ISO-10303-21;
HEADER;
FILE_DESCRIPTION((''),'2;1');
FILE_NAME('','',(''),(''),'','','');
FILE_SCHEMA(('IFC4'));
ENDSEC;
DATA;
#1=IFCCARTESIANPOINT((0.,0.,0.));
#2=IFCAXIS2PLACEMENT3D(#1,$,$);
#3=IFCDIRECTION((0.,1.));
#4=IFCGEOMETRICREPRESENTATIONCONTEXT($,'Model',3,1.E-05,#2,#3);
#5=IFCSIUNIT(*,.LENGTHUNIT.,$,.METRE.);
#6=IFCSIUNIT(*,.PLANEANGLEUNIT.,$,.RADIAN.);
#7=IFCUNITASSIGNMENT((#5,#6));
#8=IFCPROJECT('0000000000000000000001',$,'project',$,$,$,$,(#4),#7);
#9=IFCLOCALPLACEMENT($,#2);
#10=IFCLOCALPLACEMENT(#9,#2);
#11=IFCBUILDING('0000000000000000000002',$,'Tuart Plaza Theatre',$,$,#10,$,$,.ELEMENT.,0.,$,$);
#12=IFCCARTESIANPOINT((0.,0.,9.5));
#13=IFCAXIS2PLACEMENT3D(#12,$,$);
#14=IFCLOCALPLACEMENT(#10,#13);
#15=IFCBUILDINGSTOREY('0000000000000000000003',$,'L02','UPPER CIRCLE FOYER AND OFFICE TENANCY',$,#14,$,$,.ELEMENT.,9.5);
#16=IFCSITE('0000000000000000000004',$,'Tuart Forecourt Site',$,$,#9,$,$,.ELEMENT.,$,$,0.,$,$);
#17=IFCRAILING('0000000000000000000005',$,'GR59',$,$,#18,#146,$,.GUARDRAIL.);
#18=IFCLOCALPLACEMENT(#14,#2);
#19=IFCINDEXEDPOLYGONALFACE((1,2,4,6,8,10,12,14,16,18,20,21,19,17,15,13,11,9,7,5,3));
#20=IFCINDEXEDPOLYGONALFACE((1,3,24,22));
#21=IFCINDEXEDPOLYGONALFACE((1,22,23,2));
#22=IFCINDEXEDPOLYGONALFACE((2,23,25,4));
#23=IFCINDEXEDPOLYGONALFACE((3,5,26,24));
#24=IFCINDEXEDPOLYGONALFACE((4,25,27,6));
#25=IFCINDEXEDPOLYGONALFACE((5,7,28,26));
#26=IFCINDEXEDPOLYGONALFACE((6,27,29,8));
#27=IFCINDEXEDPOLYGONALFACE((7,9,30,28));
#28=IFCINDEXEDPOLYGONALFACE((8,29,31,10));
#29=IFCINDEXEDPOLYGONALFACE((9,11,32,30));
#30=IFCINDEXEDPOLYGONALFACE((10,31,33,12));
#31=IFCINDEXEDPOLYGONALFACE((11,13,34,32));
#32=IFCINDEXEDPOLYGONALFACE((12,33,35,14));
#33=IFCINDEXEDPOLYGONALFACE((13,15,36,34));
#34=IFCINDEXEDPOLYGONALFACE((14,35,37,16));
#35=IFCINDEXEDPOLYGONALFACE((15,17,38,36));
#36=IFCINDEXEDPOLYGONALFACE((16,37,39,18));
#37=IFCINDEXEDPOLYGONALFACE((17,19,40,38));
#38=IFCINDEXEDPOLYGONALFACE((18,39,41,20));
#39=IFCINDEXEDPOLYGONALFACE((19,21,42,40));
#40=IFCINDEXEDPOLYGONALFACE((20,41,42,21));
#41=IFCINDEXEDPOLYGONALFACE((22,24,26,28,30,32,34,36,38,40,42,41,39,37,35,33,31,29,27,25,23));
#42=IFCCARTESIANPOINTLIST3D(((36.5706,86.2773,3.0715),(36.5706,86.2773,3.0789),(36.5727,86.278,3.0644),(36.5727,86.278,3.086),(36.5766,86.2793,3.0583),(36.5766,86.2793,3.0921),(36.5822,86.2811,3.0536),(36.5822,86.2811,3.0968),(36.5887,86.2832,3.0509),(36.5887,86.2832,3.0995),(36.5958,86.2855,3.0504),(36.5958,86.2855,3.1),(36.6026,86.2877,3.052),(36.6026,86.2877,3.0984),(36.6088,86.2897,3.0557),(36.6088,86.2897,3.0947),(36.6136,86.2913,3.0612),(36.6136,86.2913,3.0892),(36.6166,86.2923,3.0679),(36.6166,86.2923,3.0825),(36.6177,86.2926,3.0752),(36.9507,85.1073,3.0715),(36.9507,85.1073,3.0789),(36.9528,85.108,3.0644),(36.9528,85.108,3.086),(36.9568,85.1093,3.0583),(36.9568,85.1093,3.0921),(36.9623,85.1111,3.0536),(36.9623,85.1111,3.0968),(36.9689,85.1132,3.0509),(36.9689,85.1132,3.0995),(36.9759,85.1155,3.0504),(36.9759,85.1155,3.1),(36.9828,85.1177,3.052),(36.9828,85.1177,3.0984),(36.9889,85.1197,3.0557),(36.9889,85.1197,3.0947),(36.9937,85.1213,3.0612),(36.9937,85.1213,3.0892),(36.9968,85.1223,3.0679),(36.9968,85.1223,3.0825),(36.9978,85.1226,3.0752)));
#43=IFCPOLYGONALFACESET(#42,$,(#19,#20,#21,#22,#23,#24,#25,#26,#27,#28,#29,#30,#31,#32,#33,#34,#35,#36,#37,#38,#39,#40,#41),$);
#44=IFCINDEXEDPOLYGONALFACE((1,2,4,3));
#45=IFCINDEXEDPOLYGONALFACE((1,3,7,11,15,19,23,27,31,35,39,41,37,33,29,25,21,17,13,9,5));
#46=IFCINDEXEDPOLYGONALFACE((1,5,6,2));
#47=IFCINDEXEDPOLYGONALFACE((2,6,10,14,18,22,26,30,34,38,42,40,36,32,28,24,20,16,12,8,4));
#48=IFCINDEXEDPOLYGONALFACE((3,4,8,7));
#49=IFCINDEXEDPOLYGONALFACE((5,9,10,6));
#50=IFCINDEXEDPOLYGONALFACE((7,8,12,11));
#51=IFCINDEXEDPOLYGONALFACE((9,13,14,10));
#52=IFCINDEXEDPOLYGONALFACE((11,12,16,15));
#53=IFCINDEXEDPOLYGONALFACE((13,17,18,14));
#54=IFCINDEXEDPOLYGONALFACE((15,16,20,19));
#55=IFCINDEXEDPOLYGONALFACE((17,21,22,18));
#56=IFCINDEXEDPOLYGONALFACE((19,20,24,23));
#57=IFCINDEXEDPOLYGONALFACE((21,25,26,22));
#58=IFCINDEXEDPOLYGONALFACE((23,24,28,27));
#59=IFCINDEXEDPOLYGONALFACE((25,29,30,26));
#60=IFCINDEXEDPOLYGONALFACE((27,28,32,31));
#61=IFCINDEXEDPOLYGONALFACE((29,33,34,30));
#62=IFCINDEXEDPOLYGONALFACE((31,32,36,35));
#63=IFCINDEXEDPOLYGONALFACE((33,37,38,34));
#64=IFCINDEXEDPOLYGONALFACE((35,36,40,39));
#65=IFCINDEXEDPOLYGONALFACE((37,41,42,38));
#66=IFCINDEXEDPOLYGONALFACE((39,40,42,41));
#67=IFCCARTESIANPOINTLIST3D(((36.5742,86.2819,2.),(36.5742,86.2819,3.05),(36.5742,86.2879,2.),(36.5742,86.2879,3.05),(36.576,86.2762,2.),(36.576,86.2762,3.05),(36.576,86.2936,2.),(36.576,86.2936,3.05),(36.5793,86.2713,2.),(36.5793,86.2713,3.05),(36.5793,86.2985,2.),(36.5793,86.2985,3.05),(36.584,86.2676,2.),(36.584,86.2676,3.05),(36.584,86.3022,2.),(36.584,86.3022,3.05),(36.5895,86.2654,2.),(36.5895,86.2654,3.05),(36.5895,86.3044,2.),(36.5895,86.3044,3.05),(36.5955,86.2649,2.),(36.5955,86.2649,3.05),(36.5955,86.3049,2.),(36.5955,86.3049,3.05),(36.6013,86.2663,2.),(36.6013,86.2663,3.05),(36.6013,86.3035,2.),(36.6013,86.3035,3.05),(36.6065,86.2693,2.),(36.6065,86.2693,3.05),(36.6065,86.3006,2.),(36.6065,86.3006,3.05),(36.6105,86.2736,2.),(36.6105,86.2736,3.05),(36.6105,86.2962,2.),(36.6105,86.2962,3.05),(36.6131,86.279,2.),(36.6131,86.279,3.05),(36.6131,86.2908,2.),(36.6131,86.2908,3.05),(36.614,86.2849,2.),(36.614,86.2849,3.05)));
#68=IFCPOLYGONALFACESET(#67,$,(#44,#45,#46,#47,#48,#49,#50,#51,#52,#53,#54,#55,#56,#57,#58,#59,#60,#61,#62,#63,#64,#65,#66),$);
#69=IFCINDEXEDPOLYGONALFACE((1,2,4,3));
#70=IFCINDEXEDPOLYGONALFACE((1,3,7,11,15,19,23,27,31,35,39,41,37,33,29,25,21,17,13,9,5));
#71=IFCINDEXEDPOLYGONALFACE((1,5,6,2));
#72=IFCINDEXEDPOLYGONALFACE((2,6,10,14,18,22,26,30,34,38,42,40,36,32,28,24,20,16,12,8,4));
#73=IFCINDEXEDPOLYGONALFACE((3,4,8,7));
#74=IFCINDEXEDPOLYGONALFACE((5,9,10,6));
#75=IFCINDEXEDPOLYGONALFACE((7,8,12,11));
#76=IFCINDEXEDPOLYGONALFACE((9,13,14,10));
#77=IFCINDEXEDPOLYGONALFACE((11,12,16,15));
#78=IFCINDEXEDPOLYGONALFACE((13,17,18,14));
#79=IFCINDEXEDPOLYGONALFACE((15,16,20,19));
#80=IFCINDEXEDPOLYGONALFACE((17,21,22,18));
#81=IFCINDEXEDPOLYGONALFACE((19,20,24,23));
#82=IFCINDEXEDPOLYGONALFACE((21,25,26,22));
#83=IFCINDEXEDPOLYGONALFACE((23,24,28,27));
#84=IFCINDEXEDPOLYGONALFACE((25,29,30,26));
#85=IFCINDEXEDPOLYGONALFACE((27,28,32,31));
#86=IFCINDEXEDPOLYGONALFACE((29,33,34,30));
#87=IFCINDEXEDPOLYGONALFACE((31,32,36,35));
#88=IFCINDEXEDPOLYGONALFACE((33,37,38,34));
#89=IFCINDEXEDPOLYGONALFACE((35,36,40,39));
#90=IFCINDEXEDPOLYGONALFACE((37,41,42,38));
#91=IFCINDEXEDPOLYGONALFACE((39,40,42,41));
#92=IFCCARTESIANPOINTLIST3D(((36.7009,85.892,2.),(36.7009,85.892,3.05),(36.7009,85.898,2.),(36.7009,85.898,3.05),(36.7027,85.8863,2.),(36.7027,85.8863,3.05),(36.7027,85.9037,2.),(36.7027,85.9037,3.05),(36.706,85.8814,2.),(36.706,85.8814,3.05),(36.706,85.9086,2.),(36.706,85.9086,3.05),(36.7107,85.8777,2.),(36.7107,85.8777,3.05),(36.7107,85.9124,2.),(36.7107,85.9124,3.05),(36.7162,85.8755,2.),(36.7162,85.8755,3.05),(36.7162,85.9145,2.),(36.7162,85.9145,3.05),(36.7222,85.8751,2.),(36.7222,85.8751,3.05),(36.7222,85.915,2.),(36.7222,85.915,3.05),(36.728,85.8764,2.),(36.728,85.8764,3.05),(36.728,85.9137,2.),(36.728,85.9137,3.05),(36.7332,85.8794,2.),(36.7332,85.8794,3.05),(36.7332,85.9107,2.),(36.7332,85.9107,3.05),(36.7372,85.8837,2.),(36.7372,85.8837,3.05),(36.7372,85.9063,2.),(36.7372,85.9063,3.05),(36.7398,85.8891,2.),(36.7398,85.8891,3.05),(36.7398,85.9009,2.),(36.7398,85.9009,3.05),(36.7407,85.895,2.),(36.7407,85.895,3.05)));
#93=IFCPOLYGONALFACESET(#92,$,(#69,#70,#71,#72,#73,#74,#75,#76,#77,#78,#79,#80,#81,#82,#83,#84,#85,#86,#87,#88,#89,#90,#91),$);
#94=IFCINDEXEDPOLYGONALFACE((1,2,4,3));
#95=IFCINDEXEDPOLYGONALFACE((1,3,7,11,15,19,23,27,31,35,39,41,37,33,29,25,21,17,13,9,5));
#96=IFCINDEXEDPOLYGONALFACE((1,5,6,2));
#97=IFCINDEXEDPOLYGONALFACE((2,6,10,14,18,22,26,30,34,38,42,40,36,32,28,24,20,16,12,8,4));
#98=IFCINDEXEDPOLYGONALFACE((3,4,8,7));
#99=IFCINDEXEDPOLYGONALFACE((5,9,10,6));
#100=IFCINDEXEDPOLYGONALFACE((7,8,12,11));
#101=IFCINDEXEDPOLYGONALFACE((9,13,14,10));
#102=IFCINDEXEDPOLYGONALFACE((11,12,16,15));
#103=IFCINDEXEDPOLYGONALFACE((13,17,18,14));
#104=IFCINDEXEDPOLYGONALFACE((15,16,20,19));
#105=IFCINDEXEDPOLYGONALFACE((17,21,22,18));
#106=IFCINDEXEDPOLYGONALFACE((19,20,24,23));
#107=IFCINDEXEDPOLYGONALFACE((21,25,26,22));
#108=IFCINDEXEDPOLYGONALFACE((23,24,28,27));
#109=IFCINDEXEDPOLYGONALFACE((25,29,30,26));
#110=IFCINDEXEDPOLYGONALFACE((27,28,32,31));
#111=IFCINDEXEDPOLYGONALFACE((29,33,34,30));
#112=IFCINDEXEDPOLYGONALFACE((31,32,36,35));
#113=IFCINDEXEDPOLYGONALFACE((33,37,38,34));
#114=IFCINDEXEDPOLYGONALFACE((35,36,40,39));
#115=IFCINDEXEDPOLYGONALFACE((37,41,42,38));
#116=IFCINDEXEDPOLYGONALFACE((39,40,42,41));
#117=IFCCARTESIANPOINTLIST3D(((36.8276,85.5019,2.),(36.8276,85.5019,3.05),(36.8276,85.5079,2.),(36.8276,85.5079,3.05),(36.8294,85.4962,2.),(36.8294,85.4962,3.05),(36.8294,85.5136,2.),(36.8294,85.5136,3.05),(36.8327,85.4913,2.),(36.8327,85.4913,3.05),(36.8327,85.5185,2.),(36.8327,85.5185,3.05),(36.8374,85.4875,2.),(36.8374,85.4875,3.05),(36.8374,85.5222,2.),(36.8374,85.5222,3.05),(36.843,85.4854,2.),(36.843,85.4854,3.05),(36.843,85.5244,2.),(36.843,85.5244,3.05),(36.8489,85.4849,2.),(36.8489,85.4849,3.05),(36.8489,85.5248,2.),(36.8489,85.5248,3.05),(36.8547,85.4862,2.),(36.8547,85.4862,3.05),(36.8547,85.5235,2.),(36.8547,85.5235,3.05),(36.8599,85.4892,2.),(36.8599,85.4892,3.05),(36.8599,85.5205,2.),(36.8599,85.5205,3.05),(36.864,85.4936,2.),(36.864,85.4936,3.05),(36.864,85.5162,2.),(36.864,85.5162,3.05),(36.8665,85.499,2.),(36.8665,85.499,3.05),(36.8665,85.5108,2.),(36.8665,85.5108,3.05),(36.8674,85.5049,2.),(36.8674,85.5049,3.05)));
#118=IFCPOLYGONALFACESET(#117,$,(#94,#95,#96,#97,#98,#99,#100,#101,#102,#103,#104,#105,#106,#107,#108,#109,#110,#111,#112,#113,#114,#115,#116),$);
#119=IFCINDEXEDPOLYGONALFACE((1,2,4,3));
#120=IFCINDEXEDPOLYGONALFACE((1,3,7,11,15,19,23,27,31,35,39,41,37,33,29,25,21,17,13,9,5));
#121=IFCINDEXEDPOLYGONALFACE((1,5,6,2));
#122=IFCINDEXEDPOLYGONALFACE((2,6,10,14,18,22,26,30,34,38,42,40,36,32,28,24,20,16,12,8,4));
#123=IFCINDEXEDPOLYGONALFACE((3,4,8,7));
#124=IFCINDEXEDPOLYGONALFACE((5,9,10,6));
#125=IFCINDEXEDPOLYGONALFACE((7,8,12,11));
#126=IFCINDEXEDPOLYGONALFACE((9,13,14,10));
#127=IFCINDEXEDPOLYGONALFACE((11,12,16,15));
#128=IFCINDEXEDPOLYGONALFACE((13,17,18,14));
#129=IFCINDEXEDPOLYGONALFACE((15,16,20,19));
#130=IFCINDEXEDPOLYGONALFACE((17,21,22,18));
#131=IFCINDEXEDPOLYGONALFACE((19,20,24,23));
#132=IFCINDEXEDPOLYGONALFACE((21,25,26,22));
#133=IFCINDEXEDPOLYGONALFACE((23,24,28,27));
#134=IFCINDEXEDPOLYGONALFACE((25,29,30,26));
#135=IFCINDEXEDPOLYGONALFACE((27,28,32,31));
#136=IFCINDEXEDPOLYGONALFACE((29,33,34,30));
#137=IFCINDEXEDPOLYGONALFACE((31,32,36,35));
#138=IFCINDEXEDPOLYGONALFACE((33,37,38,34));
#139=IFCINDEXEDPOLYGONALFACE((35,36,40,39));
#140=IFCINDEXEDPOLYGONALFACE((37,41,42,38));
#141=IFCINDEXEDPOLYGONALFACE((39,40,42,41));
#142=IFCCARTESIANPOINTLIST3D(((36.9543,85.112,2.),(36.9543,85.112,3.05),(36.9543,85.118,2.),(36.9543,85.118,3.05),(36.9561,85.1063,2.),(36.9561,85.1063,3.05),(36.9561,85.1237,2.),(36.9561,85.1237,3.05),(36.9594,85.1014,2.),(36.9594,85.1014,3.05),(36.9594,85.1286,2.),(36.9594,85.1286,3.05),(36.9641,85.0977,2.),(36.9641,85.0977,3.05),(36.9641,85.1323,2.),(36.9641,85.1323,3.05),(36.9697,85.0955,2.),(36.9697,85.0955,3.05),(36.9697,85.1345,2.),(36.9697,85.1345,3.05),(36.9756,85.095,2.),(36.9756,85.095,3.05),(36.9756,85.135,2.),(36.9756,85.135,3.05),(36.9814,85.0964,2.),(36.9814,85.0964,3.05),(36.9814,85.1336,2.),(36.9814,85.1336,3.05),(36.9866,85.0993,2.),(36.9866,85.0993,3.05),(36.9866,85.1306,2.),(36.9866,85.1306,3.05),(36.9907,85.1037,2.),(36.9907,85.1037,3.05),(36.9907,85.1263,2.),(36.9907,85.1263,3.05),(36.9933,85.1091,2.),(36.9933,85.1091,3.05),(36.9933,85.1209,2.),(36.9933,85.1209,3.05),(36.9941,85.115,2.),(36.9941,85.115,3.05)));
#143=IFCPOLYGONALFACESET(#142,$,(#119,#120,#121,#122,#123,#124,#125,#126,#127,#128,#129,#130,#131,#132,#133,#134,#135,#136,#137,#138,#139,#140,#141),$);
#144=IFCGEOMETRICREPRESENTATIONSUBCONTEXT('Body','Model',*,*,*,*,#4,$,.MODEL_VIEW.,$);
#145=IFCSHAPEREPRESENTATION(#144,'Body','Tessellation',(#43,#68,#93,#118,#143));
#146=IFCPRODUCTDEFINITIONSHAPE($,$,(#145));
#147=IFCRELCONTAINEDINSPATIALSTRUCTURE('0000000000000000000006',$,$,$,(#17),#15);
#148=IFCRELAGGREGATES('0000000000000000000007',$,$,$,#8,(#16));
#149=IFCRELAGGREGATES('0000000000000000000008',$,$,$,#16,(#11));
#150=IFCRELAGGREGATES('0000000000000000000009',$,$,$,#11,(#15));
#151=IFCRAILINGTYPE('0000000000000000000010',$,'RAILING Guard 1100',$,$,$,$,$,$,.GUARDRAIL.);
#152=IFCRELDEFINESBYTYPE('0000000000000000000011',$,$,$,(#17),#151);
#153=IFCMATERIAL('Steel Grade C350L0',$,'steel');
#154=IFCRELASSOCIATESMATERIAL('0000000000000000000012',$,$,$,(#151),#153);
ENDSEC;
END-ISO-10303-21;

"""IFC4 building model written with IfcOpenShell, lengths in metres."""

from ifc_helpers import new_model, si_unit, direction, frame, origin, origin_2d, place, context, subcontext, project, spatial, circle, extrude, material, type_object, element, save


model = new_model("IFC4")

# Units and contexts
model_context = context("Model", 3, precision=1e-05, world=origin(), true_north=direction((0.0, 1.0)))
body_context = subcontext(model_context, "Body", "Model", "MODEL_VIEW")
ifc_project = project(units=[si_unit("LENGTHUNIT", "METRE"), si_unit("PLANEANGLEUNIT", "RADIAN")], contexts=[model_context])

# Site, building, storey
site_placement = place(None, origin())
site = spatial("IfcSite", under=ifc_project, at=site_placement, Name="Tuart Forecourt Site", CompositionType="ELEMENT", RefElevation=0.0)
building_placement = place(site_placement, origin())
building = spatial("IfcBuilding", under=site, at=building_placement, Name="Tuart Plaza Theatre", CompositionType="ELEMENT", ElevationOfRefHeight=0.0)
storey_placement = place(building_placement, frame((0.0, 0.0, 9.5)))
storey = spatial("IfcBuildingStorey", under=building, at=storey_placement, Name="L02", Description="UPPER CIRCLE FOYER AND OFFICE TENANCY", CompositionType="ELEMENT", Elevation=9.5)

# Railing
ifc_material_1 = material(Name="Steel Grade C350L0", Category="steel")
railing_type_1 = type_object("IfcRailingType", Name="RAILING Guard 1100", PredefinedType="GUARDRAIL", material=ifc_material_1)
railing_1_placement = place(storey_placement, frame((36.594, 86.2849, 2.0)))
element("IfcRailing", 1, at=railing_1_placement, inside=storey, type_object=railing_type_1, Name="GR59", PredefinedType="GUARDRAIL", context=body_context, shape_type="SweptSolid", body=[
    extrude(circle(Radius=0.0249, at=origin_2d()), frame((0.0, 0.0, 1.0752), z_axis=(0.309014, -0.951057, 0.0), x_axis=(0.951057, 0.309014, 0.0)), (0.0, 0.0, 1.0), 1.2302),
    extrude(circle(Radius=0.02, at=origin_2d()), origin(), (0.0, 0.0, 1.0), 1.05),
    extrude(circle(Radius=0.02, at=origin_2d()), frame((0.1267, -0.3899, 0.0)), (0.0, 0.0, 1.0), 1.05),
    extrude(circle(Radius=0.02, at=origin_2d()), frame((0.2534, -0.78, 0.0)), (0.0, 0.0, 1.0), 1.05),
    extrude(circle(Radius=0.02, at=origin_2d()), frame((0.3801, -1.1699, 0.0)), (0.0, 0.0, 1.0), 1.05),
])

save(model, "model.ifc")
